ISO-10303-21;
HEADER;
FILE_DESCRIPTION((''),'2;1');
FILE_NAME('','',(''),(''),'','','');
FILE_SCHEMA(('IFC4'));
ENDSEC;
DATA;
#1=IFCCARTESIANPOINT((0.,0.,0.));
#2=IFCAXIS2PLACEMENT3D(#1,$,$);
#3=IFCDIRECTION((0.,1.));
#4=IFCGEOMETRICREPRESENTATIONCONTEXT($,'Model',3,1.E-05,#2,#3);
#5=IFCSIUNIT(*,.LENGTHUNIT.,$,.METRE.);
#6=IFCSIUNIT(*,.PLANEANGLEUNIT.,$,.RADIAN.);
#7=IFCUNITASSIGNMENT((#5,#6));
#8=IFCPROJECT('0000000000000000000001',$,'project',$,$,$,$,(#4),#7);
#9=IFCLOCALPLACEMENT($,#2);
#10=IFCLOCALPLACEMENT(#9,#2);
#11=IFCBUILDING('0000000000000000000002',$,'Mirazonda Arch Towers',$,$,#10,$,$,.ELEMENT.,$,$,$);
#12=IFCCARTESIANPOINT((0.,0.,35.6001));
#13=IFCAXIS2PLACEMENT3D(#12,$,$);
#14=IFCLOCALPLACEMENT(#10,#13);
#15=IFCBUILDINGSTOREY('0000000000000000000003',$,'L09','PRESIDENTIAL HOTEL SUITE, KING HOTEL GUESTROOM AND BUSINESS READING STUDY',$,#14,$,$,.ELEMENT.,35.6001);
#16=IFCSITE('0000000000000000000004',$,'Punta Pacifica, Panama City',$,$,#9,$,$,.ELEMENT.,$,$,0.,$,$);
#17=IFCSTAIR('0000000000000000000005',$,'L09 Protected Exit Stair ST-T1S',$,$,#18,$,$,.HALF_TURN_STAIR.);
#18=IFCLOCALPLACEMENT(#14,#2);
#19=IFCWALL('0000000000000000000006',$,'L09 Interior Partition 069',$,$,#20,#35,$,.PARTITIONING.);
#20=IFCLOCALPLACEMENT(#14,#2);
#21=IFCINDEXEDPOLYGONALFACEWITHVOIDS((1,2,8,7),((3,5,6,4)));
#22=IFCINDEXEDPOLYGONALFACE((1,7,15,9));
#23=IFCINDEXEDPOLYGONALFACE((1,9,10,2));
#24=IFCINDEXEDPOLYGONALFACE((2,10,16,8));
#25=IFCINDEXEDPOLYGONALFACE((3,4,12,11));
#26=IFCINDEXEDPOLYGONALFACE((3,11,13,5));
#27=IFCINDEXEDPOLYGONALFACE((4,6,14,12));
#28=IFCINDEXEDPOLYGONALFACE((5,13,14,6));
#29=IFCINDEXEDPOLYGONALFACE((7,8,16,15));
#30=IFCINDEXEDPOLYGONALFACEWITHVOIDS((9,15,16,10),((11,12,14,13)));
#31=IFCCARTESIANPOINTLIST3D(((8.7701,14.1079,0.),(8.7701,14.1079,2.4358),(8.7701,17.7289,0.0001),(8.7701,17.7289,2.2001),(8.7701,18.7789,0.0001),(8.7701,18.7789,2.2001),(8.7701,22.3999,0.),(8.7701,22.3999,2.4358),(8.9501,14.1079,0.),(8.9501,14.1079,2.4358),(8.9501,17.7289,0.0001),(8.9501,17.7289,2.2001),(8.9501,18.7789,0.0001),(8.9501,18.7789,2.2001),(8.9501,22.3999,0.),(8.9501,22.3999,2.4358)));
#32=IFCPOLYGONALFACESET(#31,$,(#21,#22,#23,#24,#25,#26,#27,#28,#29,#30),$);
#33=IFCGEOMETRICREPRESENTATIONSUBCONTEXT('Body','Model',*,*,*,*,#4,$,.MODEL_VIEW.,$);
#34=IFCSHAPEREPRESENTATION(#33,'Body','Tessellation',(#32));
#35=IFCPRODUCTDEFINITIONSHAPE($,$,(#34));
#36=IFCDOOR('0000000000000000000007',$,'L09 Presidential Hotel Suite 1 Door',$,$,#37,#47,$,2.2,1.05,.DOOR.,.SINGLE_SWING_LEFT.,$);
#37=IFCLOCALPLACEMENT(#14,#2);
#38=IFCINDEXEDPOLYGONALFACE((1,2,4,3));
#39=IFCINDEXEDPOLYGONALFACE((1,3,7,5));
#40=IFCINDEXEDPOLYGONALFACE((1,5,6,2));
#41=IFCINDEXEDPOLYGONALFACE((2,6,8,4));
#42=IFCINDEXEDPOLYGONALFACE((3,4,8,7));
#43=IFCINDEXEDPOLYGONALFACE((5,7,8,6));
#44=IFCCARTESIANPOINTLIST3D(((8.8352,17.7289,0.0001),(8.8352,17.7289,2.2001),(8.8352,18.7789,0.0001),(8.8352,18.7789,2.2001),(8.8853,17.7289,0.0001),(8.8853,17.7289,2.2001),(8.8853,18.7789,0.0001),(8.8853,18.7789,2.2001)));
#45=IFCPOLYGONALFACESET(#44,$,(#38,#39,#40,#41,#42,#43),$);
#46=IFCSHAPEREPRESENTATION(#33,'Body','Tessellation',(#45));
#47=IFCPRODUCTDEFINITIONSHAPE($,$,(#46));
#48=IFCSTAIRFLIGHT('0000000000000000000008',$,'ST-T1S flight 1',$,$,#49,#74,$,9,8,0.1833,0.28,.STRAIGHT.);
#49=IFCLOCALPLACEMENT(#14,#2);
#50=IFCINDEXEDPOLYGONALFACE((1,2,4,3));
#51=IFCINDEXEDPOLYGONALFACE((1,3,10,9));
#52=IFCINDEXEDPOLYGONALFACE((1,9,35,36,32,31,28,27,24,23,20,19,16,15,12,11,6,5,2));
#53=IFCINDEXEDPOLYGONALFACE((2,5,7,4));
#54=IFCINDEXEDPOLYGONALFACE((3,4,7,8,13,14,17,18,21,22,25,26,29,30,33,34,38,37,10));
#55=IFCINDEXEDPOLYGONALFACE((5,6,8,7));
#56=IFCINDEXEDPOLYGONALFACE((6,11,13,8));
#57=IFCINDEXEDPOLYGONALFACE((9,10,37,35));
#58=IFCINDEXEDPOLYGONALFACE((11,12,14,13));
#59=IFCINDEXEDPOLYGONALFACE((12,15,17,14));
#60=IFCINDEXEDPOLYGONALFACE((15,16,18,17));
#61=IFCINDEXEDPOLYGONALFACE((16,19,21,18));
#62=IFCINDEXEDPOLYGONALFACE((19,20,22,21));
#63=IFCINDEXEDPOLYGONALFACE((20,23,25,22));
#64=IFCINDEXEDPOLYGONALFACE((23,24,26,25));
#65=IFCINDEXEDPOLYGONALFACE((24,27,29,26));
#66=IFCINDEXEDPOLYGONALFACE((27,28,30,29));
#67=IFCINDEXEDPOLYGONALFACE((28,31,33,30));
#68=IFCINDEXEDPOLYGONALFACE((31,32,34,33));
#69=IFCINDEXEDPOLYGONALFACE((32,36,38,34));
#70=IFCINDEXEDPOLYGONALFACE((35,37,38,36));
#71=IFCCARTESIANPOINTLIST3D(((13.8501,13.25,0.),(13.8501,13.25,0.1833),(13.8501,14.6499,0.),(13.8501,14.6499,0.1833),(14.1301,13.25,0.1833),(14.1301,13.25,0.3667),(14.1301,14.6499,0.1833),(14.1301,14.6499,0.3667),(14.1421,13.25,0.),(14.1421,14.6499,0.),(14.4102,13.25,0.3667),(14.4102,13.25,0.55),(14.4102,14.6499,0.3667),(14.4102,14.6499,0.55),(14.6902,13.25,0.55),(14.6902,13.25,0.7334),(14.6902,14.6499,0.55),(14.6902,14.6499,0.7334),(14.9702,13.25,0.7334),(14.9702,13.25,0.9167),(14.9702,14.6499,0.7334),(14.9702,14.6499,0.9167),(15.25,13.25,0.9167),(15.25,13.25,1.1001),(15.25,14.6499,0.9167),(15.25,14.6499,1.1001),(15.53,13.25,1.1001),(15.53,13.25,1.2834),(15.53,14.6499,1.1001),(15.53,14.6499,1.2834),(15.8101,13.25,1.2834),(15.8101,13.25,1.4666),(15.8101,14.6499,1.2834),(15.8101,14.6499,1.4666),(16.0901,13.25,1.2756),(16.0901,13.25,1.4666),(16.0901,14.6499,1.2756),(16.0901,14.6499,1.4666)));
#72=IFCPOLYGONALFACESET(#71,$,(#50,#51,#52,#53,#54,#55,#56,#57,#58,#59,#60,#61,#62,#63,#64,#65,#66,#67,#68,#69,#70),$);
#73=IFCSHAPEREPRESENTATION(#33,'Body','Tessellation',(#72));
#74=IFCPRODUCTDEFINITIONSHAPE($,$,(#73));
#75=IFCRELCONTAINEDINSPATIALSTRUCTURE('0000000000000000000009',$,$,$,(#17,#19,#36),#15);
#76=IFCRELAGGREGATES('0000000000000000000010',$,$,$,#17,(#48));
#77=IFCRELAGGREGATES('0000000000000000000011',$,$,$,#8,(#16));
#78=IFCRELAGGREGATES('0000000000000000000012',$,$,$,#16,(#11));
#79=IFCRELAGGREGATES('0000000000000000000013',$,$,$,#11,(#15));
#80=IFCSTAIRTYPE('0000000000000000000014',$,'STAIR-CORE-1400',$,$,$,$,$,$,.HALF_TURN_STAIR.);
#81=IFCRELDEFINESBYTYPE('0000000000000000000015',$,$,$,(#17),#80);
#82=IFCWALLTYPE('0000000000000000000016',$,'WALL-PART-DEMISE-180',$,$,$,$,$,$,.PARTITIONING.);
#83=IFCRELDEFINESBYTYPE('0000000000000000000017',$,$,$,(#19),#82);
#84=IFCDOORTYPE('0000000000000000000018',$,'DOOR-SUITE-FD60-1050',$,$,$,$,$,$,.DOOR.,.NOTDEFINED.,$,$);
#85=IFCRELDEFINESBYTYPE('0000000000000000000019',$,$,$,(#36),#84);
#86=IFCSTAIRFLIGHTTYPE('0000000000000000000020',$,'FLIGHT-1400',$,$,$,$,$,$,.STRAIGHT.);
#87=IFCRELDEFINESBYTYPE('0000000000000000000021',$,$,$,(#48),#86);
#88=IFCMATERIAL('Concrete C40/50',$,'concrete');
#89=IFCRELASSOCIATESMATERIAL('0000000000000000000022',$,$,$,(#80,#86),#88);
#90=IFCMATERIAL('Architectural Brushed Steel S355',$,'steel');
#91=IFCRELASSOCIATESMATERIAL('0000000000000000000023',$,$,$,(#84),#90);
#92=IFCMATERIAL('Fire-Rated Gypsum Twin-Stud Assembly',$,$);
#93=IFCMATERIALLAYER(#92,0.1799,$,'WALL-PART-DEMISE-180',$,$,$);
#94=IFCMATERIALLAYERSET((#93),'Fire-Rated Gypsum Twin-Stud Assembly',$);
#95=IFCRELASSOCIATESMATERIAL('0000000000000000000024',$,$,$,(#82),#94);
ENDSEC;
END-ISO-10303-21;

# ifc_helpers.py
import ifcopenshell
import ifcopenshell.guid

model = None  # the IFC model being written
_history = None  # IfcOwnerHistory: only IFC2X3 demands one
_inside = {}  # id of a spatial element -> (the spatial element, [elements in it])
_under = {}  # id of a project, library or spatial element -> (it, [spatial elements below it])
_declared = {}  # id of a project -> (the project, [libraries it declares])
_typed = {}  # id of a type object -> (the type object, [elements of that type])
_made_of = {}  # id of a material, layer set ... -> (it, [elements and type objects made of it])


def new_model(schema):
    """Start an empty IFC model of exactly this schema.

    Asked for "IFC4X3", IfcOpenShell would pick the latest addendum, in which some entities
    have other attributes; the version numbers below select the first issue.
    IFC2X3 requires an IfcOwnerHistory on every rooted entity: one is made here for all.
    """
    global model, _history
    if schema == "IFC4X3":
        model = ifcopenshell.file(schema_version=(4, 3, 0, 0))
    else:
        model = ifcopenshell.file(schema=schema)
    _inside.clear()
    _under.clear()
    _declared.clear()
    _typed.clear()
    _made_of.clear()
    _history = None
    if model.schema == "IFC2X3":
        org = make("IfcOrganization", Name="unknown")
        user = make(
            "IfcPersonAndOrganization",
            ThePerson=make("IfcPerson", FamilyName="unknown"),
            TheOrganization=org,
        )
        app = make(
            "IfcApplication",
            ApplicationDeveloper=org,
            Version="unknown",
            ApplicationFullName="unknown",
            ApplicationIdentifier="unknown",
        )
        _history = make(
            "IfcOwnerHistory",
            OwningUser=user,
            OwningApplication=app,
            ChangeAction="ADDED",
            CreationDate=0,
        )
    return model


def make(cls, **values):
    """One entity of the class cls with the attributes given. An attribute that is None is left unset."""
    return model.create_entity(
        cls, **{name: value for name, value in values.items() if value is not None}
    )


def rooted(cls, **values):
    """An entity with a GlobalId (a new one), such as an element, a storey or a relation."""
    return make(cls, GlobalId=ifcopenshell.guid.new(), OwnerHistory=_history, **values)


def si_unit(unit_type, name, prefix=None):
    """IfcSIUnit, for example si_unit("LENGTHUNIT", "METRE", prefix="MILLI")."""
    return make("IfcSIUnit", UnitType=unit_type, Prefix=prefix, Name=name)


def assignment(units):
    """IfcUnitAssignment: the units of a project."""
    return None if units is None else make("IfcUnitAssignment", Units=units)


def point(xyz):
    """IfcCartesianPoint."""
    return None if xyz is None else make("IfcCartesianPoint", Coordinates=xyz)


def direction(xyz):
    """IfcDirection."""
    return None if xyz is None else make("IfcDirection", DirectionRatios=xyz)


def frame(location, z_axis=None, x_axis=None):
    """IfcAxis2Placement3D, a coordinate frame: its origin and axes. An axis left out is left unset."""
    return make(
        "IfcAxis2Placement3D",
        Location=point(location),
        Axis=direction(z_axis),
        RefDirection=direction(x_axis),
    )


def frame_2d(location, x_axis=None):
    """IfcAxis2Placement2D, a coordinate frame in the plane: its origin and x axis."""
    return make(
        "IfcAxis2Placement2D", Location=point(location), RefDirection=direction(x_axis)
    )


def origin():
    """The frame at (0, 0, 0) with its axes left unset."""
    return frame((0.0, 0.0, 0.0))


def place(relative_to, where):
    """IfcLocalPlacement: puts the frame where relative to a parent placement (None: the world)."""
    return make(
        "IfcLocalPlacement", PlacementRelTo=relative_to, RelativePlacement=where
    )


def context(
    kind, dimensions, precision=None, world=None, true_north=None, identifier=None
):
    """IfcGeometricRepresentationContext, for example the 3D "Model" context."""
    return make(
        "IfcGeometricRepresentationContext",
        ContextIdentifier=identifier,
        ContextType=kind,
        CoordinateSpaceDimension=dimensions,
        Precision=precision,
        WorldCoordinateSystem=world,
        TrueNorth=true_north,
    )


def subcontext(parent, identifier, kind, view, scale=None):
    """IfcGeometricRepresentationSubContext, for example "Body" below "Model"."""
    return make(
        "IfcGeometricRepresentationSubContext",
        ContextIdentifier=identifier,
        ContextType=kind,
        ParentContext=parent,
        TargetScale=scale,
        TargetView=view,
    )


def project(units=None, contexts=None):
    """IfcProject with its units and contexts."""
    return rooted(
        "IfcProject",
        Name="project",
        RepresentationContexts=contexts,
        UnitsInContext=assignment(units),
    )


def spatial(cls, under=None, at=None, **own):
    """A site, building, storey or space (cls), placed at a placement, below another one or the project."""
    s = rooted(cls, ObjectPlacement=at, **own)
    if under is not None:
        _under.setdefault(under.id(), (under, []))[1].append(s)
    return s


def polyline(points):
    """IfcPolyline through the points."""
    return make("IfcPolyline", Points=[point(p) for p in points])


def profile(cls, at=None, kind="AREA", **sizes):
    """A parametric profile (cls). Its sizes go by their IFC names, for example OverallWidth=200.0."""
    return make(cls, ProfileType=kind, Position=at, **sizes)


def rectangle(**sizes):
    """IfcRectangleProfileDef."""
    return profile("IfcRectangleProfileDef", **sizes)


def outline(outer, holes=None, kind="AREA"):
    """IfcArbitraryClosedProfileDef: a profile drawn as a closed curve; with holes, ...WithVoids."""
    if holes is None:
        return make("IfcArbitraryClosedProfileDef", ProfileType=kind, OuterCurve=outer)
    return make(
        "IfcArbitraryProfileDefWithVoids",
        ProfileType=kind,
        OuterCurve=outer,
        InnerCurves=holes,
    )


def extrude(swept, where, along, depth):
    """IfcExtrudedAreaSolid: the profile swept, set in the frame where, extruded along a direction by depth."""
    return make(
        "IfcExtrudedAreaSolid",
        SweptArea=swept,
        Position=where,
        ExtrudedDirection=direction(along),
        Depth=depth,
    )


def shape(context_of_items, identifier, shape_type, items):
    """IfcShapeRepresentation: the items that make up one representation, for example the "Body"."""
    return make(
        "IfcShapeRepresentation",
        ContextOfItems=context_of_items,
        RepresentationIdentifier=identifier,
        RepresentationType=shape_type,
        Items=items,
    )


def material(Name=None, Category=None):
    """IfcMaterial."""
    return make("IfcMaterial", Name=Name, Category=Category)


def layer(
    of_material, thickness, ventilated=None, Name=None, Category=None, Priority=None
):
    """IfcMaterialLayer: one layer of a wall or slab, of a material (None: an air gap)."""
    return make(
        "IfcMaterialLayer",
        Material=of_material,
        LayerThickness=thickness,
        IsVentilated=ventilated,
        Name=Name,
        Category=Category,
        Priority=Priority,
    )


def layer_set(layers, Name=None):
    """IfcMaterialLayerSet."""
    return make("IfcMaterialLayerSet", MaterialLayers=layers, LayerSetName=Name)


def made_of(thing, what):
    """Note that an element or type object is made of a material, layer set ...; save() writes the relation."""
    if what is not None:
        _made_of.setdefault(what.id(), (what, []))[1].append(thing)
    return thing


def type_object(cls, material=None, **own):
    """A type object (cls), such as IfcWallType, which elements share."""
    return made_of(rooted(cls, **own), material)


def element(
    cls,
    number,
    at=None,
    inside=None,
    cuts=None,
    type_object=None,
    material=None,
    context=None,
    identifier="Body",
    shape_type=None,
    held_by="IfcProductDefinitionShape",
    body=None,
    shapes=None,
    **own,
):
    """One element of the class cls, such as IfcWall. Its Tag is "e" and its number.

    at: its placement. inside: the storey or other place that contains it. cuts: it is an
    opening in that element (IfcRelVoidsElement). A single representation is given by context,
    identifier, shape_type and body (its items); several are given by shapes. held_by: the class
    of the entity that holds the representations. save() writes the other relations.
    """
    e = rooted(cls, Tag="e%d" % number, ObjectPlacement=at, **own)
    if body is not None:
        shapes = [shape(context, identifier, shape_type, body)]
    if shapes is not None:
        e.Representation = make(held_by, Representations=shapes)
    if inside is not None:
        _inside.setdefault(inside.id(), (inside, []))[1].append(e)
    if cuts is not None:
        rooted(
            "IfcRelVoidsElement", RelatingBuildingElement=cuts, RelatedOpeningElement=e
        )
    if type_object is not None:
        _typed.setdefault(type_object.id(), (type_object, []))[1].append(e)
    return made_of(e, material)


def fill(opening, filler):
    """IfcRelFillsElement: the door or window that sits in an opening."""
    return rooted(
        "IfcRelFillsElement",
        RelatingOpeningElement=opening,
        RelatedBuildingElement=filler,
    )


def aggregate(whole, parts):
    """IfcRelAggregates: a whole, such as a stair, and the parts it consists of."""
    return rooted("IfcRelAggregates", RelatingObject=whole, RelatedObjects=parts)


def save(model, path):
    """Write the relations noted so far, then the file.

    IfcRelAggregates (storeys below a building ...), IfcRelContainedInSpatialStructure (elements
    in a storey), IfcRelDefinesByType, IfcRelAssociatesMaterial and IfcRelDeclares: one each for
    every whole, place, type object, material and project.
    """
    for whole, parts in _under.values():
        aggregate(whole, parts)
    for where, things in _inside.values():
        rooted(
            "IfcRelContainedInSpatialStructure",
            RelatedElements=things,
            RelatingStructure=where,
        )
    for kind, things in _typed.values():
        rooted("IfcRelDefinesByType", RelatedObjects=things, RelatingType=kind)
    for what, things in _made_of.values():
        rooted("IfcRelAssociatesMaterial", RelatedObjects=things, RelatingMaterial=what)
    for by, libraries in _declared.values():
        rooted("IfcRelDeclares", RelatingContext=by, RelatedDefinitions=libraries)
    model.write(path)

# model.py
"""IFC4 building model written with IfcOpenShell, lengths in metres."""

from ifc_helpers import new_model, si_unit, direction, frame, frame_2d, origin, place, context, subcontext, project, spatial, polyline, rectangle, outline, extrude, material, layer, layer_set, type_object, element, fill, aggregate, save


model = new_model("IFC4")

# Units and contexts
model_context = context("Model", 3, precision=1e-05, world=origin(), true_north=direction((0.0, 1.0)))
body_context = subcontext(model_context, "Body", "Model", "MODEL_VIEW")
ifc_project = project(units=[si_unit("LENGTHUNIT", "METRE"), si_unit("PLANEANGLEUNIT", "RADIAN")], contexts=[model_context])

# Site, building, storey
site_placement = place(None, origin())
site = spatial("IfcSite", under=ifc_project, at=site_placement, Name="Punta Pacifica, Panama City", CompositionType="ELEMENT", RefElevation=0.0)
building_placement = place(site_placement, origin())
building = spatial("IfcBuilding", under=site, at=building_placement, Name="Mirazonda Arch Towers", CompositionType="ELEMENT")
storey_placement = place(building_placement, frame((0.0, 0.0, 35.6001)))
storey = spatial("IfcBuildingStorey", under=building, at=storey_placement, Name="L09", Description="PRESIDENTIAL HOTEL SUITE, KING HOTEL GUESTROOM AND BUSINESS READING STUDY", CompositionType="ELEMENT", Elevation=35.6001)

# Stair
ifc_material_1 = material(Name="Concrete C40/50", Category="concrete")
stair_type = type_object("IfcStairType", Name="STAIR-CORE-1400", PredefinedType="HALF_TURN_STAIR", material=ifc_material_1)
stair_1_placement = place(storey_placement, origin())
stair_1 = element("IfcStair", 1, at=stair_1_placement, inside=storey, type_object=stair_type, Name="L09 Protected Exit Stair ST-T1S", PredefinedType="HALF_TURN_STAIR")

# Shared definitions
ifc_material_2 = material(Name="Architectural Brushed Steel S355", Category="steel")
door_type_1 = type_object("IfcDoorType", Name="DOOR-SUITE-FD60-1050", OperationType="NOTDEFINED", PredefinedType="DOOR", material=ifc_material_2)

# Shared definitions
ifc_material_3 = material(Name="Fire-Rated Gypsum Twin-Stud Assembly")
ifc_layer_1 = layer(ifc_material_3, 0.1799, Name="WALL-PART-DEMISE-180")
ifc_layer_set_1 = layer_set([ifc_layer_1], Name="Fire-Rated Gypsum Twin-Stud Assembly")
wall_type_1 = type_object("IfcWallType", Name="WALL-PART-DEMISE-180", PredefinedType="PARTITIONING", material=ifc_layer_set_1)

# Wall, opening, door
wall_1_placement = place(storey_placement, frame((8.8601, 14.1079, 0.0), z_axis=(0.0, 0.0, 1.0), x_axis=(0.0, 1.0, 0.0)))
wall_1 = element("IfcWall", 2, at=wall_1_placement, inside=storey, type_object=wall_type_1, Name="L09 Interior Partition 069", PredefinedType="PARTITIONING", context=body_context, shape_type="SweptSolid", body=[
    extrude(rectangle(XDim=8.292, YDim=0.1799, at=frame_2d((4.146, 0.0))), origin(), (0.0, 0.0, 1.0), 2.4358),
])
opening_1_placement = place(wall_1_placement, frame((3.6211, 0.0, 0.0)))
opening_1 = element("IfcOpeningElement", 3, at=opening_1_placement, cuts=wall_1, PredefinedType="OPENING", context=body_context, shape_type="SweptSolid", body=[
    extrude(rectangle(XDim=1.05, YDim=2.2, at=frame_2d((0.5249, 1.1001))), frame((0.0, 0.0999, 0.0), z_axis=(0.0, -1.0, 0.0), x_axis=(1.0, 0.0, 0.0)), (0.0, 0.0, 1.0), 0.2),
])
door_1_placement = place(opening_1_placement, origin())
door_1 = element("IfcDoor", 4, at=door_1_placement, inside=storey, type_object=door_type_1, Name="L09 Presidential Hotel Suite 1 Door", OperationType="SINGLE_SWING_LEFT", OverallHeight=2.2, OverallWidth=1.05, PredefinedType="DOOR", context=body_context, shape_type="SweptSolid", body=[
    extrude(rectangle(XDim=1.05, YDim=2.2, at=frame_2d((0.5249, 1.1001))), frame((0.0, 0.0249, 0.0), z_axis=(0.0, -1.0, 0.0), x_axis=(1.0, 0.0, 0.0)), (0.0, 0.0, 1.0), 0.05),
])
fill(opening_1, door_1)

# Stair flight
stair_flight_type = type_object("IfcStairFlightType", Name="FLIGHT-1400", PredefinedType="STRAIGHT", material=ifc_material_1)
stair_flight_placement = place(storey_placement, frame((13.8501, 13.95, 0.0), z_axis=(0.0, 0.0, 1.0), x_axis=(1.0, 0.0, 0.0)))
stair_flight = element("IfcStairFlight", 5, at=stair_flight_placement, type_object=stair_flight_type, Name="ST-T1S flight 1", NumberOfRisers=9, NumberOfTreads=8, PredefinedType="STRAIGHT", RiserHeight=0.1833, TreadLength=0.28, context=body_context, shape_type="SweptSolid", body=[
    extrude(outline(polyline([(0.0, 0.0), (0.0, 0.1833), (0.28, 0.1833), (0.28, 0.3667), (0.5601, 0.3667), (0.5601, 0.55), (0.8401, 0.55), (0.8401, 0.7334), (1.1201, 0.7334), (1.1201, 0.9167), (1.3999, 0.9167), (1.3999, 1.1001), (1.6799, 1.1001), (1.6799, 1.2834), (1.96, 1.2834), (1.96, 1.4666), (2.24, 1.4666), (2.24, 1.6499), (2.24, 1.2756), (0.292, 0.0), (0.0, 0.0)])), frame((0.0, 0.7, 0.0), z_axis=(0.0, -1.0, 0.0), x_axis=(1.0, 0.0, 0.0)), (0.0, 0.0, 1.0), 1.3999),
])
aggregate(stair_1, [stair_flight])

save(model, "model.ifc")
